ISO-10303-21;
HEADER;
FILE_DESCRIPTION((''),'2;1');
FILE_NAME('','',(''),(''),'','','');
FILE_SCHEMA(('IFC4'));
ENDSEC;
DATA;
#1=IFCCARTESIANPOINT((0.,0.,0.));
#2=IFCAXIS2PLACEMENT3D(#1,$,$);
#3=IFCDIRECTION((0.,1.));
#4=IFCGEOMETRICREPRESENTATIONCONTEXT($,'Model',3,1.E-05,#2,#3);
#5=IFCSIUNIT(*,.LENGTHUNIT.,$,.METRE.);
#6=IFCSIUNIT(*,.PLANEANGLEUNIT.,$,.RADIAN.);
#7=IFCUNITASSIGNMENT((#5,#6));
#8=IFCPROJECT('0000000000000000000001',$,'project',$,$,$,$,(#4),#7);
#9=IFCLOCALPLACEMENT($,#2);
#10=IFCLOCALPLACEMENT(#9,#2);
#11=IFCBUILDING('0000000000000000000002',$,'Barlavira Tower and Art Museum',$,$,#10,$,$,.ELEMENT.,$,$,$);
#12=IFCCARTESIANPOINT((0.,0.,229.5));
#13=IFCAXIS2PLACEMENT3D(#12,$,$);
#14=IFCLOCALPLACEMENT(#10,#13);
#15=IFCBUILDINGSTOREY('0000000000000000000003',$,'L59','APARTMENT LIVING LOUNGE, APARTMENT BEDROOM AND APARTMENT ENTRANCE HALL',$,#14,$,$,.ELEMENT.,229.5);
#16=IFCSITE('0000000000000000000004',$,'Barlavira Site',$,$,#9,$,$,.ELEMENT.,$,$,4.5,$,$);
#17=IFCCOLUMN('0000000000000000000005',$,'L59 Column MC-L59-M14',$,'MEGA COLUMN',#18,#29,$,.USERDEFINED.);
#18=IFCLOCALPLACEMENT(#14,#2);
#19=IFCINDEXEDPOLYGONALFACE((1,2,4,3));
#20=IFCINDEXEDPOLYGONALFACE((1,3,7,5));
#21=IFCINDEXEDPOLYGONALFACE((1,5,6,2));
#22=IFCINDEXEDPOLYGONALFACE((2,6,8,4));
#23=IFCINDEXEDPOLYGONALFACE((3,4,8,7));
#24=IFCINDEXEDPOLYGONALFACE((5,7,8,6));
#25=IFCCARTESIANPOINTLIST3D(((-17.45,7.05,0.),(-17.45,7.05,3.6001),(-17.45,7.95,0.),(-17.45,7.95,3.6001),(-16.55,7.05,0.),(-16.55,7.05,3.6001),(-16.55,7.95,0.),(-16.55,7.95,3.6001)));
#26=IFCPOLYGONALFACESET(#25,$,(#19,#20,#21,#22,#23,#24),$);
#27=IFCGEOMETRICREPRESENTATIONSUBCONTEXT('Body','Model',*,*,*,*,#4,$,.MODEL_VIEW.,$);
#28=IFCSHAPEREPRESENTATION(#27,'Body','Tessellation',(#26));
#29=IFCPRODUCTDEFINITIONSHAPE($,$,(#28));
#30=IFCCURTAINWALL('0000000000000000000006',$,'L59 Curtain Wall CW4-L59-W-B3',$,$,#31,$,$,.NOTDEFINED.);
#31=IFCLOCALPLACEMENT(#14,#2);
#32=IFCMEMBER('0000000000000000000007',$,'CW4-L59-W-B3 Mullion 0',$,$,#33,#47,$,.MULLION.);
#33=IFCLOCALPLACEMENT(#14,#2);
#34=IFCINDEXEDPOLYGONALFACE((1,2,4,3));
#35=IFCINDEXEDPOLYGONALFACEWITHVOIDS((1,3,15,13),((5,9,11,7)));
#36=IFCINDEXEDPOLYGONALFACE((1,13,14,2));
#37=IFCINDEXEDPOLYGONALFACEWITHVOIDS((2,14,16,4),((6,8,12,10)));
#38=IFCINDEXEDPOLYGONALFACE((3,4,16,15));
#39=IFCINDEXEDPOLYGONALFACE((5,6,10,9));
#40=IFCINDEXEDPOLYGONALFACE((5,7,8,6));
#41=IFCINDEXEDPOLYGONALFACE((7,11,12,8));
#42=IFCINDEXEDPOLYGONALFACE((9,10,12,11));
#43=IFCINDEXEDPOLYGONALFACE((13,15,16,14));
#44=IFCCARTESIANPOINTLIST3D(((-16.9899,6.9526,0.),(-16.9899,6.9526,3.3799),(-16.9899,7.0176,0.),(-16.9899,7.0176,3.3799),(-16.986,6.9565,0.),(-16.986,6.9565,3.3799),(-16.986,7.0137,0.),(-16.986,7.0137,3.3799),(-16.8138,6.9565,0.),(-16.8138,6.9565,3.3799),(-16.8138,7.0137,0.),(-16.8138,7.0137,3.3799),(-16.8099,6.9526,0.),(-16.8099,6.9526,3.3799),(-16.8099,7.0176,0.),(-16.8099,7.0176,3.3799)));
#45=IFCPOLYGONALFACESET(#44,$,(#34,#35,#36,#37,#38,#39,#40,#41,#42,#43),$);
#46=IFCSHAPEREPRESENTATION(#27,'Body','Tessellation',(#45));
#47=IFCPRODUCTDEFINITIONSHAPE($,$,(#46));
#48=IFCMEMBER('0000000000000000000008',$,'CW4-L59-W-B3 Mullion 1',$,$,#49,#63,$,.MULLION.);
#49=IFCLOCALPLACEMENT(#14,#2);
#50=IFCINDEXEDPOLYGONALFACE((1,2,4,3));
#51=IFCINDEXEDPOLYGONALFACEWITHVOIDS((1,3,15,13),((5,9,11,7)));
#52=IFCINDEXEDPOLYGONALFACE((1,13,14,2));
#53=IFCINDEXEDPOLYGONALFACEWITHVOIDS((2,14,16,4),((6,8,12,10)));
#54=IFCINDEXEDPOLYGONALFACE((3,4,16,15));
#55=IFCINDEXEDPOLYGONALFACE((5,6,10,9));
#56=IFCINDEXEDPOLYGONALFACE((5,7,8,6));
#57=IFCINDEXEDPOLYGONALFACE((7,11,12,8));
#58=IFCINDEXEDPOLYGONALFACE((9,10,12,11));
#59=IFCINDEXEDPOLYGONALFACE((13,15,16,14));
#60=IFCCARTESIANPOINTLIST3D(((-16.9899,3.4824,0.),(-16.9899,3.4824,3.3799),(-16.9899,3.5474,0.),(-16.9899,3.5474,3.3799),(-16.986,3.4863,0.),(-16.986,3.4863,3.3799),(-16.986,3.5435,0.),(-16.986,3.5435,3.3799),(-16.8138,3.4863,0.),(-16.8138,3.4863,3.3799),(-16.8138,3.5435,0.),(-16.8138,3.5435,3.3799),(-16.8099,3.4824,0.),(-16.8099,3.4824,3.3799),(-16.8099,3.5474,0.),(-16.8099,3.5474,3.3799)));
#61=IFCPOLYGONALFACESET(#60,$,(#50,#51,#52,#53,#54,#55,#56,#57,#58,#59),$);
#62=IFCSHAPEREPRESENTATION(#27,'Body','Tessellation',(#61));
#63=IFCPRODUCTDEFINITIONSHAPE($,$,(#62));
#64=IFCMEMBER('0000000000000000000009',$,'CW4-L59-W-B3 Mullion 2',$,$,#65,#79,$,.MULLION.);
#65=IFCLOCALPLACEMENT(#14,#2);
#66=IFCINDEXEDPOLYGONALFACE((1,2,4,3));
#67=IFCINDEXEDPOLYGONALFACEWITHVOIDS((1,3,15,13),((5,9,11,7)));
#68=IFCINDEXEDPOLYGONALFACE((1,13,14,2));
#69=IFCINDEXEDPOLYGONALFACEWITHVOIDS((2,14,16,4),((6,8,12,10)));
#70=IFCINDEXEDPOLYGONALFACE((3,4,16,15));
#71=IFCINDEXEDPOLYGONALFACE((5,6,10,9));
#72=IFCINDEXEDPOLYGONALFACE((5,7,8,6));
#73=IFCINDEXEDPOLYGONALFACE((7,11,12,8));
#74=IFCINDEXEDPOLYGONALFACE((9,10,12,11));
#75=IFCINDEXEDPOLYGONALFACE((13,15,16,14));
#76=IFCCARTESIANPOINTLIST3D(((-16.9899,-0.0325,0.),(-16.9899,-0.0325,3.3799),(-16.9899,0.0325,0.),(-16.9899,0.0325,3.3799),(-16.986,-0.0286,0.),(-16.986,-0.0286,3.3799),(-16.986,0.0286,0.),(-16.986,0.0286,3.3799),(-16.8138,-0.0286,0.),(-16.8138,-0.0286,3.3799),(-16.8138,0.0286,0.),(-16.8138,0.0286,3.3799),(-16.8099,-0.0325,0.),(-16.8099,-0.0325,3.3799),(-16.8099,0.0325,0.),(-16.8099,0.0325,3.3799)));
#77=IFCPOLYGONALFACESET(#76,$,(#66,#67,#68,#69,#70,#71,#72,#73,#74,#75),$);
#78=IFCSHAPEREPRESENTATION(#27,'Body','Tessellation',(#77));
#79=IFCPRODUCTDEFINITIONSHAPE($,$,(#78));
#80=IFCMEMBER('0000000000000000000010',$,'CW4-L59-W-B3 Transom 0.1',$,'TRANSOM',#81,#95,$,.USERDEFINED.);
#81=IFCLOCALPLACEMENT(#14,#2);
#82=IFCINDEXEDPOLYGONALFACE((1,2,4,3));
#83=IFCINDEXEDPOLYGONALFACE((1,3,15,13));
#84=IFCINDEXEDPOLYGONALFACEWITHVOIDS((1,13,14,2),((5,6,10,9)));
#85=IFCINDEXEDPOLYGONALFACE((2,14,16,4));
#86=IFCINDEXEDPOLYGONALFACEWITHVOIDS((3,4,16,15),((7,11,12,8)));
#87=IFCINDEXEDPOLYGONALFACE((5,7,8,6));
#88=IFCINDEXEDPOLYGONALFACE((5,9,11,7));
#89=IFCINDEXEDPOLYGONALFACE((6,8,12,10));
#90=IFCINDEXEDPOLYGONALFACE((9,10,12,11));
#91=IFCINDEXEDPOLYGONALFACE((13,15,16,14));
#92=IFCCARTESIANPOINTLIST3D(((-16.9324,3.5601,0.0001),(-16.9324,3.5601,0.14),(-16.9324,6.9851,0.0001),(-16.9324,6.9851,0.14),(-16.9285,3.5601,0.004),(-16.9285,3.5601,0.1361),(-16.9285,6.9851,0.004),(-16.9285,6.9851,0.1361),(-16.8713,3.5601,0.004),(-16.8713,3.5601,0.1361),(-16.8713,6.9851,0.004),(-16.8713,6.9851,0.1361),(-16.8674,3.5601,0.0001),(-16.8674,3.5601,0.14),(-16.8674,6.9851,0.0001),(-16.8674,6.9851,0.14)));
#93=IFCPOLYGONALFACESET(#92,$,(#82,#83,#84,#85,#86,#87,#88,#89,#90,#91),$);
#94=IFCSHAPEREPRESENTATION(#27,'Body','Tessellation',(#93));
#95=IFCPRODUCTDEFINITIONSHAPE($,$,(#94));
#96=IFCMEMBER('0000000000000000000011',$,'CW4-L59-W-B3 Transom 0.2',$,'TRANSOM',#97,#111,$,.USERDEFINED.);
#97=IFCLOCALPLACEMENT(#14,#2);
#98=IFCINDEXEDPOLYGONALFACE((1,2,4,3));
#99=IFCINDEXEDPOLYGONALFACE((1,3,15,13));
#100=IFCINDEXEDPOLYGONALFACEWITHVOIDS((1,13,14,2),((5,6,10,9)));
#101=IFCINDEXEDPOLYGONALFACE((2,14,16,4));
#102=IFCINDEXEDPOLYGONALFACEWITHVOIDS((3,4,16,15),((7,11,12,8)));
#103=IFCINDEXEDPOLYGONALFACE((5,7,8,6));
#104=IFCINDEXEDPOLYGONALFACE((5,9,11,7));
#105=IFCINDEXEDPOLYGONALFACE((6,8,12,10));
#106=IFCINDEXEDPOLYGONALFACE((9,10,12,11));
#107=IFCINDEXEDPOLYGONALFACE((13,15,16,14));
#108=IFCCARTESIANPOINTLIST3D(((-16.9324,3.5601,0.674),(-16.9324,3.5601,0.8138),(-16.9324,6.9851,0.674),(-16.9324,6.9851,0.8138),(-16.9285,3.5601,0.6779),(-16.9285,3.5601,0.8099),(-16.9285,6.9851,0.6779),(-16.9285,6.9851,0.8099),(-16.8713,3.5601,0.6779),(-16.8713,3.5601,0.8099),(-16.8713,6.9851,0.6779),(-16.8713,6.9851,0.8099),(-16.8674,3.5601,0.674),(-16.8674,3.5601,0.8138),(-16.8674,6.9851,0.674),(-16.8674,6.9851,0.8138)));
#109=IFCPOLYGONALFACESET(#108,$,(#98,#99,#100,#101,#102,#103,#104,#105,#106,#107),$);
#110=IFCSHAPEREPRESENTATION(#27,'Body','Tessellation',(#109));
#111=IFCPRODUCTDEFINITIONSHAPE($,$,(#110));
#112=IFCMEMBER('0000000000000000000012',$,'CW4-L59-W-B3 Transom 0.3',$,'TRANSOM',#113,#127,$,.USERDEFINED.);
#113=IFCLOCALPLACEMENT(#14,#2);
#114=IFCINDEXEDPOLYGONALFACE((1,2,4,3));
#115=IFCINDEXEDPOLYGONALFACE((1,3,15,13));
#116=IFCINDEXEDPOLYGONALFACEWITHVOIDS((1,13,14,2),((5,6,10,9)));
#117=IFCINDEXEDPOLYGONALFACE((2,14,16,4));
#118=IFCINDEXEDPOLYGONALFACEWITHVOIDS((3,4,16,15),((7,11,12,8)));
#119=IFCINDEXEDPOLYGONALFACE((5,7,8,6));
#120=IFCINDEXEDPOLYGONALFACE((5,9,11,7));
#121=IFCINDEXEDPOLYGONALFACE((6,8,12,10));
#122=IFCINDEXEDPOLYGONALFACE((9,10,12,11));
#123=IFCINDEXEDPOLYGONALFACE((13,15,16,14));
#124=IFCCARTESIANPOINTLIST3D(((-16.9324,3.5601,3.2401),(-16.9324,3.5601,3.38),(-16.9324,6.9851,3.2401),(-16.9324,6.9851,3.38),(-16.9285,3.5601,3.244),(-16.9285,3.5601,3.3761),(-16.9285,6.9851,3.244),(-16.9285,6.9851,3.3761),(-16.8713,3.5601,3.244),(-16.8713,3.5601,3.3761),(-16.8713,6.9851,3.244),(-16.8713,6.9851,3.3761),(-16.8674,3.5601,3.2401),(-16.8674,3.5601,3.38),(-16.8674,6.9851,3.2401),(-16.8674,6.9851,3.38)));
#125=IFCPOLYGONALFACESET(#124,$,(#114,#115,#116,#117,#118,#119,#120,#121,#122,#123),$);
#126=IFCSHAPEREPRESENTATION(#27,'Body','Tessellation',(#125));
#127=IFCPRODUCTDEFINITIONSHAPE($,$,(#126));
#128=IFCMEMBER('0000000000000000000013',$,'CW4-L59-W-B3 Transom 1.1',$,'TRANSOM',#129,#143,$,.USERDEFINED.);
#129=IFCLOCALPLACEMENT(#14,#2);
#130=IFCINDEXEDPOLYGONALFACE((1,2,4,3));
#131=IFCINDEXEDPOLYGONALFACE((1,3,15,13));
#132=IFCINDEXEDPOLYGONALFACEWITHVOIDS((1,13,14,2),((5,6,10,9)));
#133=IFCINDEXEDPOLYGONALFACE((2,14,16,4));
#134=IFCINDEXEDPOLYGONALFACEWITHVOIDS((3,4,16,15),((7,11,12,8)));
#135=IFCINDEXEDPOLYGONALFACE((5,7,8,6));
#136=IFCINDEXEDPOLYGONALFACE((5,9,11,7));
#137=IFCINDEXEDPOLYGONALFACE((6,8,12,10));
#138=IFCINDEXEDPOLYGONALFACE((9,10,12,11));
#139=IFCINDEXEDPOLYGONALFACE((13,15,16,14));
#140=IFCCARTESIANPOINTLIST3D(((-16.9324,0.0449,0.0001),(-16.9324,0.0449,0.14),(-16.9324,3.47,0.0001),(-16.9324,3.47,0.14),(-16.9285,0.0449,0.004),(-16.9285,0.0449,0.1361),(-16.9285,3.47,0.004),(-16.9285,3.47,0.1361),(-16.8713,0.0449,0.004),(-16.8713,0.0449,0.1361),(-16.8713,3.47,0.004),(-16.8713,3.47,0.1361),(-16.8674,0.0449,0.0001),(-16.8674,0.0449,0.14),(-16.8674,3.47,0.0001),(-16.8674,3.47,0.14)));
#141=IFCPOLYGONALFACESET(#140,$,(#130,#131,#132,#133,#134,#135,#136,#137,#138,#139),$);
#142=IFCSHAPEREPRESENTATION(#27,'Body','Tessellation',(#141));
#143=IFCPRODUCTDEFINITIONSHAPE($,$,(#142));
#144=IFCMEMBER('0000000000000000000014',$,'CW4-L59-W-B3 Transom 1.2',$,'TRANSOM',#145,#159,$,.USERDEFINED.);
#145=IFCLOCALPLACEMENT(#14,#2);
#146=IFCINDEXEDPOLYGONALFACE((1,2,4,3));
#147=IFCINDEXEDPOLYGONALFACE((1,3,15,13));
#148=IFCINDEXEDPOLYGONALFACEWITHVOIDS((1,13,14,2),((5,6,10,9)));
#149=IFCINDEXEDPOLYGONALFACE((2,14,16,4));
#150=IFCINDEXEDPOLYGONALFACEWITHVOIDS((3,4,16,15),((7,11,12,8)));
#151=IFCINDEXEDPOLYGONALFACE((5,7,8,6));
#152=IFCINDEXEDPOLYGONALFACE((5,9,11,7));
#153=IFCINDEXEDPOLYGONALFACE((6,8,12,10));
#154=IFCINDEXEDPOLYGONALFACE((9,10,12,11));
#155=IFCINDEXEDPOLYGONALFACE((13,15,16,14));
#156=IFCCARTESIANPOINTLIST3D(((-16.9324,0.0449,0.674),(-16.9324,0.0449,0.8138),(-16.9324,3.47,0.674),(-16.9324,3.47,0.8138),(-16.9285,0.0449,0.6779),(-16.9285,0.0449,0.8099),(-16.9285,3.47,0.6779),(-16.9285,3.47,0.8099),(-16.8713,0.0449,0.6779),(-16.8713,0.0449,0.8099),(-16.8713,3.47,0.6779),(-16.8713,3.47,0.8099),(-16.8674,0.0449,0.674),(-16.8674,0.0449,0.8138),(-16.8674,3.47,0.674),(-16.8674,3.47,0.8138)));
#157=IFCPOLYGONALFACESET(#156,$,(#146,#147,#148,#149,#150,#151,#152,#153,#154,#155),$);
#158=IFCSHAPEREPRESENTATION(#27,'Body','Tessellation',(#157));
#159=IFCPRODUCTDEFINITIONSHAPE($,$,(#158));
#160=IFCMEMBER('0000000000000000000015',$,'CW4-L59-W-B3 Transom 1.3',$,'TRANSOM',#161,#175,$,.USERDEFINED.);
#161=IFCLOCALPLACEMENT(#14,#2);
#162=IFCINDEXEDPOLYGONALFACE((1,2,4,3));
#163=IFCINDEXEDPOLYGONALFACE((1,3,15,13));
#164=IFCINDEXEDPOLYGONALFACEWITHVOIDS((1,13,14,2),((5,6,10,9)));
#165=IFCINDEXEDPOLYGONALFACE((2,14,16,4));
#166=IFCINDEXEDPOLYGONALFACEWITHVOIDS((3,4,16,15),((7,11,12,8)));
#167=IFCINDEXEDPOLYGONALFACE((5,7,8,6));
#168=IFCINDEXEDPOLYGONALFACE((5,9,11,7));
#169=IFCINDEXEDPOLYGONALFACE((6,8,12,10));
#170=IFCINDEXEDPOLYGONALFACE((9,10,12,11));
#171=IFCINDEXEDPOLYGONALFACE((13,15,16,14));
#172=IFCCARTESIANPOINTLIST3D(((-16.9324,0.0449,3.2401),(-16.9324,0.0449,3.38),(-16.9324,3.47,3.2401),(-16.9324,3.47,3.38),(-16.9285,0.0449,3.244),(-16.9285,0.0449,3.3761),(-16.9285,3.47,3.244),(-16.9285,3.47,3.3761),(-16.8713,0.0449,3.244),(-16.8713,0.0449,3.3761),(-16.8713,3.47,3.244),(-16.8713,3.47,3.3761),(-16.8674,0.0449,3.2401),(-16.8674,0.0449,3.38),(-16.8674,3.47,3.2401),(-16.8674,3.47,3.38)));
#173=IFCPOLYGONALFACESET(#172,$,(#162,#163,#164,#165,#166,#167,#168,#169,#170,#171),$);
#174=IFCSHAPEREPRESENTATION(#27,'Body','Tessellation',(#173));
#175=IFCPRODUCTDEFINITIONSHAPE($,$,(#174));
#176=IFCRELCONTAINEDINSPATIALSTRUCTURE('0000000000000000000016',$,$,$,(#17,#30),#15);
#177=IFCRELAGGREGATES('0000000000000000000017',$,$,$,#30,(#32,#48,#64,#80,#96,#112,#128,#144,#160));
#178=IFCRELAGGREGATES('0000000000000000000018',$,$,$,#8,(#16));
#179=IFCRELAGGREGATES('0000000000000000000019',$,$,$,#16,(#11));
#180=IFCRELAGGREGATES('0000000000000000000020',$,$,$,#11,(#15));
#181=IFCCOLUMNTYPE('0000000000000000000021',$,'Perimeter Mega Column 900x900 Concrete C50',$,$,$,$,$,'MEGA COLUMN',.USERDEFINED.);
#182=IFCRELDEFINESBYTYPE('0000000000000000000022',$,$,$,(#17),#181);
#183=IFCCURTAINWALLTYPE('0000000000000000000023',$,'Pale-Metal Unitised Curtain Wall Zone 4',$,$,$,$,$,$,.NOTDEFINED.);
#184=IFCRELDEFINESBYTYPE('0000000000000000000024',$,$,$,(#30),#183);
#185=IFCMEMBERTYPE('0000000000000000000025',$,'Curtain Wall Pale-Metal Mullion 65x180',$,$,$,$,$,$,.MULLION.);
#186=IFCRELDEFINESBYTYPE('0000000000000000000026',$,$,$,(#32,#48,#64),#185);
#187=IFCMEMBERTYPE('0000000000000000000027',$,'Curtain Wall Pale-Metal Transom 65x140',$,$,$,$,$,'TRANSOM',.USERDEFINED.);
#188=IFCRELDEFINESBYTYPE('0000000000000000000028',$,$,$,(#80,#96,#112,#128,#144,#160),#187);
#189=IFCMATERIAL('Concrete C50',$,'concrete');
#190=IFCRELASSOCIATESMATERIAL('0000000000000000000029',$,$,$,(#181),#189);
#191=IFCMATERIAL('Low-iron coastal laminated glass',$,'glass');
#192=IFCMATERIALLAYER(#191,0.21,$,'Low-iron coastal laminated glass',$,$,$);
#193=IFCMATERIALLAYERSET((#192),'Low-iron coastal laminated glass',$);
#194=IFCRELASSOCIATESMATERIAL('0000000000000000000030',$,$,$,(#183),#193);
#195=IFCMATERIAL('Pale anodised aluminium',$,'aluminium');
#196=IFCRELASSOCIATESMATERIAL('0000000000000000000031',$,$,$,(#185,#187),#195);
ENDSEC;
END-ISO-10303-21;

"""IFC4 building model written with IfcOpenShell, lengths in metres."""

from ifc_helpers import new_model, si_unit, direction, frame, origin, origin_2d, place, context, subcontext, project, spatial, rectangle, hollow_rectangle, extrude, material, layer, layer_set, material_profile, profile_set, type_object, element, aggregate, save


model = new_model("IFC4")

# Units and contexts
model_context = context("Model", 3, precision=1e-05, world=origin(), true_north=direction((0.0, 1.0)))
body_context = subcontext(model_context, "Body", "Model", "MODEL_VIEW")
ifc_project = project(units=[si_unit("LENGTHUNIT", "METRE"), si_unit("PLANEANGLEUNIT", "RADIAN")], contexts=[model_context])

# Site, building, storey
site_placement = place(None, origin())
site = spatial("IfcSite", under=ifc_project, at=site_placement, Name="Barlavira Site", CompositionType="ELEMENT", RefElevation=4.5)
building_placement = place(site_placement, origin())
building = spatial("IfcBuilding", under=site, at=building_placement, Name="Barlavira Tower and Art Museum", CompositionType="ELEMENT")
storey_placement = place(building_placement, frame((0.0, 0.0, 229.5)))
storey = spatial("IfcBuildingStorey", under=building, at=storey_placement, Name="L59", Description="APARTMENT LIVING LOUNGE, APARTMENT BEDROOM AND APARTMENT ENTRANCE HALL", CompositionType="ELEMENT", Elevation=229.5)

# Column
ifc_material_1 = material(Name="Concrete C50", Category="concrete")
ifc_material_profile_1 = material_profile(ifc_material_1, rectangle(XDim=0.8999, YDim=0.8999, at=origin_2d()), Name="RC-COL 900x900")
ifc_profile_set_1 = profile_set([ifc_material_profile_1], Name="Concrete C50")
column_type = type_object("IfcColumnType", Name="Perimeter Mega Column 900x900 Concrete C50", ElementType="MEGA COLUMN", PredefinedType="USERDEFINED", material=ifc_profile_set_1)
column_placement = place(storey_placement, frame((-17.0, 7.5, 0.0), z_axis=(0.0, 0.0, 1.0), x_axis=(1.0, 0.0, 0.0)))
element("IfcColumn", 1, at=column_placement, inside=storey, type_object=column_type, Name="L59 Column MC-L59-M14", ObjectType="MEGA COLUMN", PredefinedType="USERDEFINED", context=body_context, shape_type="SweptSolid", body=[
    extrude(rectangle(XDim=0.8999, YDim=0.8999, at=origin_2d()), origin(), (0.0, 0.0, 1.0), 3.6001),
])

# Curtain wall, members
ifc_material_2 = material(Name="Low-iron coastal laminated glass", Category="glass")
ifc_layer_1 = layer(ifc_material_2, 0.21, Name="Low-iron coastal laminated glass")
ifc_layer_set_1 = layer_set([ifc_layer_1], Name="Low-iron coastal laminated glass")
curtain_wall_type = type_object("IfcCurtainWallType", Name="Pale-Metal Unitised Curtain Wall Zone 4", PredefinedType="NOTDEFINED", material=ifc_layer_set_1)
curtain_wall_placement = place(storey_placement, origin())
curtain_wall = element("IfcCurtainWall", 2, at=curtain_wall_placement, inside=storey, type_object=curtain_wall_type, Name="L59 Curtain Wall CW4-L59-W-B3", PredefinedType="NOTDEFINED")
ifc_material_3 = material(Name="Pale anodised aluminium", Category="aluminium")
ifc_material_profile_2 = material_profile(ifc_material_3, hollow_rectangle(XDim=0.0649, YDim=0.1799, WallThickness=0.0039, at=origin_2d()), Name="ALU-MULL 65x180x4")
ifc_profile_set_2 = profile_set([ifc_material_profile_2], Name="Pale anodised aluminium")
member_type_1 = type_object("IfcMemberType", Name="Curtain Wall Pale-Metal Mullion 65x180", PredefinedType="MULLION", material=ifc_profile_set_2)
member_1_placement = place(storey_placement, frame((-16.8999, 6.9851, 0.0), z_axis=(0.0, 0.0, 1.0), x_axis=(0.0, -1.0, 0.0)))
member_1 = element("IfcMember", 3, at=member_1_placement, type_object=member_type_1, Name="CW4-L59-W-B3 Mullion 0", PredefinedType="MULLION", context=body_context, shape_type="SweptSolid", body=[
    extrude(hollow_rectangle(XDim=0.0649, YDim=0.1799, WallThickness=0.0039, at=origin_2d()), origin(), (0.0, 0.0, 1.0), 3.3799),
])
member_2_placement = place(storey_placement, frame((-16.8999, 3.5149, 0.0), z_axis=(0.0, 0.0, 1.0), x_axis=(0.0, -1.0, 0.0)))
member_2 = element("IfcMember", 4, at=member_2_placement, type_object=member_type_1, Name="CW4-L59-W-B3 Mullion 1", PredefinedType="MULLION", context=body_context, shape_type="SweptSolid", body=[
    extrude(hollow_rectangle(XDim=0.0649, YDim=0.1799, WallThickness=0.0039, at=origin_2d()), origin(), (0.0, 0.0, 1.0), 3.3799),
])
member_3_placement = place(storey_placement, frame((-16.8999, 0.0, 0.0), z_axis=(0.0, 0.0, 1.0), x_axis=(0.0, -1.0, 0.0)))
member_3 = element("IfcMember", 5, at=member_3_placement, type_object=member_type_1, Name="CW4-L59-W-B3 Mullion 2", PredefinedType="MULLION", context=body_context, shape_type="SweptSolid", body=[
    extrude(hollow_rectangle(XDim=0.0649, YDim=0.1799, WallThickness=0.0039, at=origin_2d()), origin(), (0.0, 0.0, 1.0), 3.3799),
])
ifc_material_profile_3 = material_profile(ifc_material_3, hollow_rectangle(XDim=0.0649, YDim=0.1399, WallThickness=0.0039, at=origin_2d()), Name="ALU-TRAN 65x140x4")
ifc_profile_set_3 = profile_set([ifc_material_profile_3], Name="Pale anodised aluminium")
member_type_2 = type_object("IfcMemberType", Name="Curtain Wall Pale-Metal Transom 65x140", ElementType="TRANSOM", PredefinedType="USERDEFINED", material=ifc_profile_set_3)
member_4_placement = place(storey_placement, frame((-16.8999, 6.9851, 0.0701), z_axis=(0.0, -1.0, 0.0), x_axis=(1.0, 0.0, 0.0)))
member_4 = element("IfcMember", 6, at=member_4_placement, type_object=member_type_2, Name="CW4-L59-W-B3 Transom 0.1", ObjectType="TRANSOM", PredefinedType="USERDEFINED", context=body_context, shape_type="SweptSolid", body=[
    extrude(hollow_rectangle(XDim=0.0649, YDim=0.1399, WallThickness=0.0039, at=origin_2d()), origin(), (0.0, 0.0, 1.0), 3.425),
])
member_5_placement = place(storey_placement, frame((-16.8999, 6.9851, 0.7439), z_axis=(0.0, -1.0, 0.0), x_axis=(1.0, 0.0, 0.0)))
member_5 = element("IfcMember", 7, at=member_5_placement, type_object=member_type_2, Name="CW4-L59-W-B3 Transom 0.2", ObjectType="TRANSOM", PredefinedType="USERDEFINED", context=body_context, shape_type="SweptSolid", body=[
    extrude(hollow_rectangle(XDim=0.0649, YDim=0.1399, WallThickness=0.0039, at=origin_2d()), origin(), (0.0, 0.0, 1.0), 3.425),
])
member_6_placement = place(storey_placement, frame((-16.8999, 6.9851, 3.3101), z_axis=(0.0, -1.0, 0.0), x_axis=(1.0, 0.0, 0.0)))
member_6 = element("IfcMember", 8, at=member_6_placement, type_object=member_type_2, Name="CW4-L59-W-B3 Transom 0.3", ObjectType="TRANSOM", PredefinedType="USERDEFINED", context=body_context, shape_type="SweptSolid", body=[
    extrude(hollow_rectangle(XDim=0.0649, YDim=0.1399, WallThickness=0.0039, at=origin_2d()), origin(), (0.0, 0.0, 1.0), 3.425),
])
member_7_placement = place(storey_placement, frame((-16.8999, 3.47, 0.0701), z_axis=(0.0, -1.0, 0.0), x_axis=(1.0, 0.0, 0.0)))
member_7 = element("IfcMember", 9, at=member_7_placement, type_object=member_type_2, Name="CW4-L59-W-B3 Transom 1.1", ObjectType="TRANSOM", PredefinedType="USERDEFINED", context=body_context, shape_type="SweptSolid", body=[
    extrude(hollow_rectangle(XDim=0.0649, YDim=0.1399, WallThickness=0.0039, at=origin_2d()), origin(), (0.0, 0.0, 1.0), 3.425),
])
member_8_placement = place(storey_placement, frame((-16.8999, 3.47, 0.7439), z_axis=(0.0, -1.0, 0.0), x_axis=(1.0, 0.0, 0.0)))
member_8 = element("IfcMember", 10, at=member_8_placement, type_object=member_type_2, Name="CW4-L59-W-B3 Transom 1.2", ObjectType="TRANSOM", PredefinedType="USERDEFINED", context=body_context, shape_type="SweptSolid", body=[
    extrude(hollow_rectangle(XDim=0.0649, YDim=0.1399, WallThickness=0.0039, at=origin_2d()), origin(), (0.0, 0.0, 1.0), 3.425),
])
member_9_placement = place(storey_placement, frame((-16.8999, 3.47, 3.3101), z_axis=(0.0, -1.0, 0.0), x_axis=(1.0, 0.0, 0.0)))
member_9 = element("IfcMember", 11, at=member_9_placement, type_object=member_type_2, Name="CW4-L59-W-B3 Transom 1.3", ObjectType="TRANSOM", PredefinedType="USERDEFINED", context=body_context, shape_type="SweptSolid", body=[
    extrude(hollow_rectangle(XDim=0.0649, YDim=0.1399, WallThickness=0.0039, at=origin_2d()), origin(), (0.0, 0.0, 1.0), 3.425),
])

aggregate(curtain_wall, [member_1, member_2, member_3, member_4, member_5, member_6, member_7, member_8, member_9])

save(model, "model.ifc")
